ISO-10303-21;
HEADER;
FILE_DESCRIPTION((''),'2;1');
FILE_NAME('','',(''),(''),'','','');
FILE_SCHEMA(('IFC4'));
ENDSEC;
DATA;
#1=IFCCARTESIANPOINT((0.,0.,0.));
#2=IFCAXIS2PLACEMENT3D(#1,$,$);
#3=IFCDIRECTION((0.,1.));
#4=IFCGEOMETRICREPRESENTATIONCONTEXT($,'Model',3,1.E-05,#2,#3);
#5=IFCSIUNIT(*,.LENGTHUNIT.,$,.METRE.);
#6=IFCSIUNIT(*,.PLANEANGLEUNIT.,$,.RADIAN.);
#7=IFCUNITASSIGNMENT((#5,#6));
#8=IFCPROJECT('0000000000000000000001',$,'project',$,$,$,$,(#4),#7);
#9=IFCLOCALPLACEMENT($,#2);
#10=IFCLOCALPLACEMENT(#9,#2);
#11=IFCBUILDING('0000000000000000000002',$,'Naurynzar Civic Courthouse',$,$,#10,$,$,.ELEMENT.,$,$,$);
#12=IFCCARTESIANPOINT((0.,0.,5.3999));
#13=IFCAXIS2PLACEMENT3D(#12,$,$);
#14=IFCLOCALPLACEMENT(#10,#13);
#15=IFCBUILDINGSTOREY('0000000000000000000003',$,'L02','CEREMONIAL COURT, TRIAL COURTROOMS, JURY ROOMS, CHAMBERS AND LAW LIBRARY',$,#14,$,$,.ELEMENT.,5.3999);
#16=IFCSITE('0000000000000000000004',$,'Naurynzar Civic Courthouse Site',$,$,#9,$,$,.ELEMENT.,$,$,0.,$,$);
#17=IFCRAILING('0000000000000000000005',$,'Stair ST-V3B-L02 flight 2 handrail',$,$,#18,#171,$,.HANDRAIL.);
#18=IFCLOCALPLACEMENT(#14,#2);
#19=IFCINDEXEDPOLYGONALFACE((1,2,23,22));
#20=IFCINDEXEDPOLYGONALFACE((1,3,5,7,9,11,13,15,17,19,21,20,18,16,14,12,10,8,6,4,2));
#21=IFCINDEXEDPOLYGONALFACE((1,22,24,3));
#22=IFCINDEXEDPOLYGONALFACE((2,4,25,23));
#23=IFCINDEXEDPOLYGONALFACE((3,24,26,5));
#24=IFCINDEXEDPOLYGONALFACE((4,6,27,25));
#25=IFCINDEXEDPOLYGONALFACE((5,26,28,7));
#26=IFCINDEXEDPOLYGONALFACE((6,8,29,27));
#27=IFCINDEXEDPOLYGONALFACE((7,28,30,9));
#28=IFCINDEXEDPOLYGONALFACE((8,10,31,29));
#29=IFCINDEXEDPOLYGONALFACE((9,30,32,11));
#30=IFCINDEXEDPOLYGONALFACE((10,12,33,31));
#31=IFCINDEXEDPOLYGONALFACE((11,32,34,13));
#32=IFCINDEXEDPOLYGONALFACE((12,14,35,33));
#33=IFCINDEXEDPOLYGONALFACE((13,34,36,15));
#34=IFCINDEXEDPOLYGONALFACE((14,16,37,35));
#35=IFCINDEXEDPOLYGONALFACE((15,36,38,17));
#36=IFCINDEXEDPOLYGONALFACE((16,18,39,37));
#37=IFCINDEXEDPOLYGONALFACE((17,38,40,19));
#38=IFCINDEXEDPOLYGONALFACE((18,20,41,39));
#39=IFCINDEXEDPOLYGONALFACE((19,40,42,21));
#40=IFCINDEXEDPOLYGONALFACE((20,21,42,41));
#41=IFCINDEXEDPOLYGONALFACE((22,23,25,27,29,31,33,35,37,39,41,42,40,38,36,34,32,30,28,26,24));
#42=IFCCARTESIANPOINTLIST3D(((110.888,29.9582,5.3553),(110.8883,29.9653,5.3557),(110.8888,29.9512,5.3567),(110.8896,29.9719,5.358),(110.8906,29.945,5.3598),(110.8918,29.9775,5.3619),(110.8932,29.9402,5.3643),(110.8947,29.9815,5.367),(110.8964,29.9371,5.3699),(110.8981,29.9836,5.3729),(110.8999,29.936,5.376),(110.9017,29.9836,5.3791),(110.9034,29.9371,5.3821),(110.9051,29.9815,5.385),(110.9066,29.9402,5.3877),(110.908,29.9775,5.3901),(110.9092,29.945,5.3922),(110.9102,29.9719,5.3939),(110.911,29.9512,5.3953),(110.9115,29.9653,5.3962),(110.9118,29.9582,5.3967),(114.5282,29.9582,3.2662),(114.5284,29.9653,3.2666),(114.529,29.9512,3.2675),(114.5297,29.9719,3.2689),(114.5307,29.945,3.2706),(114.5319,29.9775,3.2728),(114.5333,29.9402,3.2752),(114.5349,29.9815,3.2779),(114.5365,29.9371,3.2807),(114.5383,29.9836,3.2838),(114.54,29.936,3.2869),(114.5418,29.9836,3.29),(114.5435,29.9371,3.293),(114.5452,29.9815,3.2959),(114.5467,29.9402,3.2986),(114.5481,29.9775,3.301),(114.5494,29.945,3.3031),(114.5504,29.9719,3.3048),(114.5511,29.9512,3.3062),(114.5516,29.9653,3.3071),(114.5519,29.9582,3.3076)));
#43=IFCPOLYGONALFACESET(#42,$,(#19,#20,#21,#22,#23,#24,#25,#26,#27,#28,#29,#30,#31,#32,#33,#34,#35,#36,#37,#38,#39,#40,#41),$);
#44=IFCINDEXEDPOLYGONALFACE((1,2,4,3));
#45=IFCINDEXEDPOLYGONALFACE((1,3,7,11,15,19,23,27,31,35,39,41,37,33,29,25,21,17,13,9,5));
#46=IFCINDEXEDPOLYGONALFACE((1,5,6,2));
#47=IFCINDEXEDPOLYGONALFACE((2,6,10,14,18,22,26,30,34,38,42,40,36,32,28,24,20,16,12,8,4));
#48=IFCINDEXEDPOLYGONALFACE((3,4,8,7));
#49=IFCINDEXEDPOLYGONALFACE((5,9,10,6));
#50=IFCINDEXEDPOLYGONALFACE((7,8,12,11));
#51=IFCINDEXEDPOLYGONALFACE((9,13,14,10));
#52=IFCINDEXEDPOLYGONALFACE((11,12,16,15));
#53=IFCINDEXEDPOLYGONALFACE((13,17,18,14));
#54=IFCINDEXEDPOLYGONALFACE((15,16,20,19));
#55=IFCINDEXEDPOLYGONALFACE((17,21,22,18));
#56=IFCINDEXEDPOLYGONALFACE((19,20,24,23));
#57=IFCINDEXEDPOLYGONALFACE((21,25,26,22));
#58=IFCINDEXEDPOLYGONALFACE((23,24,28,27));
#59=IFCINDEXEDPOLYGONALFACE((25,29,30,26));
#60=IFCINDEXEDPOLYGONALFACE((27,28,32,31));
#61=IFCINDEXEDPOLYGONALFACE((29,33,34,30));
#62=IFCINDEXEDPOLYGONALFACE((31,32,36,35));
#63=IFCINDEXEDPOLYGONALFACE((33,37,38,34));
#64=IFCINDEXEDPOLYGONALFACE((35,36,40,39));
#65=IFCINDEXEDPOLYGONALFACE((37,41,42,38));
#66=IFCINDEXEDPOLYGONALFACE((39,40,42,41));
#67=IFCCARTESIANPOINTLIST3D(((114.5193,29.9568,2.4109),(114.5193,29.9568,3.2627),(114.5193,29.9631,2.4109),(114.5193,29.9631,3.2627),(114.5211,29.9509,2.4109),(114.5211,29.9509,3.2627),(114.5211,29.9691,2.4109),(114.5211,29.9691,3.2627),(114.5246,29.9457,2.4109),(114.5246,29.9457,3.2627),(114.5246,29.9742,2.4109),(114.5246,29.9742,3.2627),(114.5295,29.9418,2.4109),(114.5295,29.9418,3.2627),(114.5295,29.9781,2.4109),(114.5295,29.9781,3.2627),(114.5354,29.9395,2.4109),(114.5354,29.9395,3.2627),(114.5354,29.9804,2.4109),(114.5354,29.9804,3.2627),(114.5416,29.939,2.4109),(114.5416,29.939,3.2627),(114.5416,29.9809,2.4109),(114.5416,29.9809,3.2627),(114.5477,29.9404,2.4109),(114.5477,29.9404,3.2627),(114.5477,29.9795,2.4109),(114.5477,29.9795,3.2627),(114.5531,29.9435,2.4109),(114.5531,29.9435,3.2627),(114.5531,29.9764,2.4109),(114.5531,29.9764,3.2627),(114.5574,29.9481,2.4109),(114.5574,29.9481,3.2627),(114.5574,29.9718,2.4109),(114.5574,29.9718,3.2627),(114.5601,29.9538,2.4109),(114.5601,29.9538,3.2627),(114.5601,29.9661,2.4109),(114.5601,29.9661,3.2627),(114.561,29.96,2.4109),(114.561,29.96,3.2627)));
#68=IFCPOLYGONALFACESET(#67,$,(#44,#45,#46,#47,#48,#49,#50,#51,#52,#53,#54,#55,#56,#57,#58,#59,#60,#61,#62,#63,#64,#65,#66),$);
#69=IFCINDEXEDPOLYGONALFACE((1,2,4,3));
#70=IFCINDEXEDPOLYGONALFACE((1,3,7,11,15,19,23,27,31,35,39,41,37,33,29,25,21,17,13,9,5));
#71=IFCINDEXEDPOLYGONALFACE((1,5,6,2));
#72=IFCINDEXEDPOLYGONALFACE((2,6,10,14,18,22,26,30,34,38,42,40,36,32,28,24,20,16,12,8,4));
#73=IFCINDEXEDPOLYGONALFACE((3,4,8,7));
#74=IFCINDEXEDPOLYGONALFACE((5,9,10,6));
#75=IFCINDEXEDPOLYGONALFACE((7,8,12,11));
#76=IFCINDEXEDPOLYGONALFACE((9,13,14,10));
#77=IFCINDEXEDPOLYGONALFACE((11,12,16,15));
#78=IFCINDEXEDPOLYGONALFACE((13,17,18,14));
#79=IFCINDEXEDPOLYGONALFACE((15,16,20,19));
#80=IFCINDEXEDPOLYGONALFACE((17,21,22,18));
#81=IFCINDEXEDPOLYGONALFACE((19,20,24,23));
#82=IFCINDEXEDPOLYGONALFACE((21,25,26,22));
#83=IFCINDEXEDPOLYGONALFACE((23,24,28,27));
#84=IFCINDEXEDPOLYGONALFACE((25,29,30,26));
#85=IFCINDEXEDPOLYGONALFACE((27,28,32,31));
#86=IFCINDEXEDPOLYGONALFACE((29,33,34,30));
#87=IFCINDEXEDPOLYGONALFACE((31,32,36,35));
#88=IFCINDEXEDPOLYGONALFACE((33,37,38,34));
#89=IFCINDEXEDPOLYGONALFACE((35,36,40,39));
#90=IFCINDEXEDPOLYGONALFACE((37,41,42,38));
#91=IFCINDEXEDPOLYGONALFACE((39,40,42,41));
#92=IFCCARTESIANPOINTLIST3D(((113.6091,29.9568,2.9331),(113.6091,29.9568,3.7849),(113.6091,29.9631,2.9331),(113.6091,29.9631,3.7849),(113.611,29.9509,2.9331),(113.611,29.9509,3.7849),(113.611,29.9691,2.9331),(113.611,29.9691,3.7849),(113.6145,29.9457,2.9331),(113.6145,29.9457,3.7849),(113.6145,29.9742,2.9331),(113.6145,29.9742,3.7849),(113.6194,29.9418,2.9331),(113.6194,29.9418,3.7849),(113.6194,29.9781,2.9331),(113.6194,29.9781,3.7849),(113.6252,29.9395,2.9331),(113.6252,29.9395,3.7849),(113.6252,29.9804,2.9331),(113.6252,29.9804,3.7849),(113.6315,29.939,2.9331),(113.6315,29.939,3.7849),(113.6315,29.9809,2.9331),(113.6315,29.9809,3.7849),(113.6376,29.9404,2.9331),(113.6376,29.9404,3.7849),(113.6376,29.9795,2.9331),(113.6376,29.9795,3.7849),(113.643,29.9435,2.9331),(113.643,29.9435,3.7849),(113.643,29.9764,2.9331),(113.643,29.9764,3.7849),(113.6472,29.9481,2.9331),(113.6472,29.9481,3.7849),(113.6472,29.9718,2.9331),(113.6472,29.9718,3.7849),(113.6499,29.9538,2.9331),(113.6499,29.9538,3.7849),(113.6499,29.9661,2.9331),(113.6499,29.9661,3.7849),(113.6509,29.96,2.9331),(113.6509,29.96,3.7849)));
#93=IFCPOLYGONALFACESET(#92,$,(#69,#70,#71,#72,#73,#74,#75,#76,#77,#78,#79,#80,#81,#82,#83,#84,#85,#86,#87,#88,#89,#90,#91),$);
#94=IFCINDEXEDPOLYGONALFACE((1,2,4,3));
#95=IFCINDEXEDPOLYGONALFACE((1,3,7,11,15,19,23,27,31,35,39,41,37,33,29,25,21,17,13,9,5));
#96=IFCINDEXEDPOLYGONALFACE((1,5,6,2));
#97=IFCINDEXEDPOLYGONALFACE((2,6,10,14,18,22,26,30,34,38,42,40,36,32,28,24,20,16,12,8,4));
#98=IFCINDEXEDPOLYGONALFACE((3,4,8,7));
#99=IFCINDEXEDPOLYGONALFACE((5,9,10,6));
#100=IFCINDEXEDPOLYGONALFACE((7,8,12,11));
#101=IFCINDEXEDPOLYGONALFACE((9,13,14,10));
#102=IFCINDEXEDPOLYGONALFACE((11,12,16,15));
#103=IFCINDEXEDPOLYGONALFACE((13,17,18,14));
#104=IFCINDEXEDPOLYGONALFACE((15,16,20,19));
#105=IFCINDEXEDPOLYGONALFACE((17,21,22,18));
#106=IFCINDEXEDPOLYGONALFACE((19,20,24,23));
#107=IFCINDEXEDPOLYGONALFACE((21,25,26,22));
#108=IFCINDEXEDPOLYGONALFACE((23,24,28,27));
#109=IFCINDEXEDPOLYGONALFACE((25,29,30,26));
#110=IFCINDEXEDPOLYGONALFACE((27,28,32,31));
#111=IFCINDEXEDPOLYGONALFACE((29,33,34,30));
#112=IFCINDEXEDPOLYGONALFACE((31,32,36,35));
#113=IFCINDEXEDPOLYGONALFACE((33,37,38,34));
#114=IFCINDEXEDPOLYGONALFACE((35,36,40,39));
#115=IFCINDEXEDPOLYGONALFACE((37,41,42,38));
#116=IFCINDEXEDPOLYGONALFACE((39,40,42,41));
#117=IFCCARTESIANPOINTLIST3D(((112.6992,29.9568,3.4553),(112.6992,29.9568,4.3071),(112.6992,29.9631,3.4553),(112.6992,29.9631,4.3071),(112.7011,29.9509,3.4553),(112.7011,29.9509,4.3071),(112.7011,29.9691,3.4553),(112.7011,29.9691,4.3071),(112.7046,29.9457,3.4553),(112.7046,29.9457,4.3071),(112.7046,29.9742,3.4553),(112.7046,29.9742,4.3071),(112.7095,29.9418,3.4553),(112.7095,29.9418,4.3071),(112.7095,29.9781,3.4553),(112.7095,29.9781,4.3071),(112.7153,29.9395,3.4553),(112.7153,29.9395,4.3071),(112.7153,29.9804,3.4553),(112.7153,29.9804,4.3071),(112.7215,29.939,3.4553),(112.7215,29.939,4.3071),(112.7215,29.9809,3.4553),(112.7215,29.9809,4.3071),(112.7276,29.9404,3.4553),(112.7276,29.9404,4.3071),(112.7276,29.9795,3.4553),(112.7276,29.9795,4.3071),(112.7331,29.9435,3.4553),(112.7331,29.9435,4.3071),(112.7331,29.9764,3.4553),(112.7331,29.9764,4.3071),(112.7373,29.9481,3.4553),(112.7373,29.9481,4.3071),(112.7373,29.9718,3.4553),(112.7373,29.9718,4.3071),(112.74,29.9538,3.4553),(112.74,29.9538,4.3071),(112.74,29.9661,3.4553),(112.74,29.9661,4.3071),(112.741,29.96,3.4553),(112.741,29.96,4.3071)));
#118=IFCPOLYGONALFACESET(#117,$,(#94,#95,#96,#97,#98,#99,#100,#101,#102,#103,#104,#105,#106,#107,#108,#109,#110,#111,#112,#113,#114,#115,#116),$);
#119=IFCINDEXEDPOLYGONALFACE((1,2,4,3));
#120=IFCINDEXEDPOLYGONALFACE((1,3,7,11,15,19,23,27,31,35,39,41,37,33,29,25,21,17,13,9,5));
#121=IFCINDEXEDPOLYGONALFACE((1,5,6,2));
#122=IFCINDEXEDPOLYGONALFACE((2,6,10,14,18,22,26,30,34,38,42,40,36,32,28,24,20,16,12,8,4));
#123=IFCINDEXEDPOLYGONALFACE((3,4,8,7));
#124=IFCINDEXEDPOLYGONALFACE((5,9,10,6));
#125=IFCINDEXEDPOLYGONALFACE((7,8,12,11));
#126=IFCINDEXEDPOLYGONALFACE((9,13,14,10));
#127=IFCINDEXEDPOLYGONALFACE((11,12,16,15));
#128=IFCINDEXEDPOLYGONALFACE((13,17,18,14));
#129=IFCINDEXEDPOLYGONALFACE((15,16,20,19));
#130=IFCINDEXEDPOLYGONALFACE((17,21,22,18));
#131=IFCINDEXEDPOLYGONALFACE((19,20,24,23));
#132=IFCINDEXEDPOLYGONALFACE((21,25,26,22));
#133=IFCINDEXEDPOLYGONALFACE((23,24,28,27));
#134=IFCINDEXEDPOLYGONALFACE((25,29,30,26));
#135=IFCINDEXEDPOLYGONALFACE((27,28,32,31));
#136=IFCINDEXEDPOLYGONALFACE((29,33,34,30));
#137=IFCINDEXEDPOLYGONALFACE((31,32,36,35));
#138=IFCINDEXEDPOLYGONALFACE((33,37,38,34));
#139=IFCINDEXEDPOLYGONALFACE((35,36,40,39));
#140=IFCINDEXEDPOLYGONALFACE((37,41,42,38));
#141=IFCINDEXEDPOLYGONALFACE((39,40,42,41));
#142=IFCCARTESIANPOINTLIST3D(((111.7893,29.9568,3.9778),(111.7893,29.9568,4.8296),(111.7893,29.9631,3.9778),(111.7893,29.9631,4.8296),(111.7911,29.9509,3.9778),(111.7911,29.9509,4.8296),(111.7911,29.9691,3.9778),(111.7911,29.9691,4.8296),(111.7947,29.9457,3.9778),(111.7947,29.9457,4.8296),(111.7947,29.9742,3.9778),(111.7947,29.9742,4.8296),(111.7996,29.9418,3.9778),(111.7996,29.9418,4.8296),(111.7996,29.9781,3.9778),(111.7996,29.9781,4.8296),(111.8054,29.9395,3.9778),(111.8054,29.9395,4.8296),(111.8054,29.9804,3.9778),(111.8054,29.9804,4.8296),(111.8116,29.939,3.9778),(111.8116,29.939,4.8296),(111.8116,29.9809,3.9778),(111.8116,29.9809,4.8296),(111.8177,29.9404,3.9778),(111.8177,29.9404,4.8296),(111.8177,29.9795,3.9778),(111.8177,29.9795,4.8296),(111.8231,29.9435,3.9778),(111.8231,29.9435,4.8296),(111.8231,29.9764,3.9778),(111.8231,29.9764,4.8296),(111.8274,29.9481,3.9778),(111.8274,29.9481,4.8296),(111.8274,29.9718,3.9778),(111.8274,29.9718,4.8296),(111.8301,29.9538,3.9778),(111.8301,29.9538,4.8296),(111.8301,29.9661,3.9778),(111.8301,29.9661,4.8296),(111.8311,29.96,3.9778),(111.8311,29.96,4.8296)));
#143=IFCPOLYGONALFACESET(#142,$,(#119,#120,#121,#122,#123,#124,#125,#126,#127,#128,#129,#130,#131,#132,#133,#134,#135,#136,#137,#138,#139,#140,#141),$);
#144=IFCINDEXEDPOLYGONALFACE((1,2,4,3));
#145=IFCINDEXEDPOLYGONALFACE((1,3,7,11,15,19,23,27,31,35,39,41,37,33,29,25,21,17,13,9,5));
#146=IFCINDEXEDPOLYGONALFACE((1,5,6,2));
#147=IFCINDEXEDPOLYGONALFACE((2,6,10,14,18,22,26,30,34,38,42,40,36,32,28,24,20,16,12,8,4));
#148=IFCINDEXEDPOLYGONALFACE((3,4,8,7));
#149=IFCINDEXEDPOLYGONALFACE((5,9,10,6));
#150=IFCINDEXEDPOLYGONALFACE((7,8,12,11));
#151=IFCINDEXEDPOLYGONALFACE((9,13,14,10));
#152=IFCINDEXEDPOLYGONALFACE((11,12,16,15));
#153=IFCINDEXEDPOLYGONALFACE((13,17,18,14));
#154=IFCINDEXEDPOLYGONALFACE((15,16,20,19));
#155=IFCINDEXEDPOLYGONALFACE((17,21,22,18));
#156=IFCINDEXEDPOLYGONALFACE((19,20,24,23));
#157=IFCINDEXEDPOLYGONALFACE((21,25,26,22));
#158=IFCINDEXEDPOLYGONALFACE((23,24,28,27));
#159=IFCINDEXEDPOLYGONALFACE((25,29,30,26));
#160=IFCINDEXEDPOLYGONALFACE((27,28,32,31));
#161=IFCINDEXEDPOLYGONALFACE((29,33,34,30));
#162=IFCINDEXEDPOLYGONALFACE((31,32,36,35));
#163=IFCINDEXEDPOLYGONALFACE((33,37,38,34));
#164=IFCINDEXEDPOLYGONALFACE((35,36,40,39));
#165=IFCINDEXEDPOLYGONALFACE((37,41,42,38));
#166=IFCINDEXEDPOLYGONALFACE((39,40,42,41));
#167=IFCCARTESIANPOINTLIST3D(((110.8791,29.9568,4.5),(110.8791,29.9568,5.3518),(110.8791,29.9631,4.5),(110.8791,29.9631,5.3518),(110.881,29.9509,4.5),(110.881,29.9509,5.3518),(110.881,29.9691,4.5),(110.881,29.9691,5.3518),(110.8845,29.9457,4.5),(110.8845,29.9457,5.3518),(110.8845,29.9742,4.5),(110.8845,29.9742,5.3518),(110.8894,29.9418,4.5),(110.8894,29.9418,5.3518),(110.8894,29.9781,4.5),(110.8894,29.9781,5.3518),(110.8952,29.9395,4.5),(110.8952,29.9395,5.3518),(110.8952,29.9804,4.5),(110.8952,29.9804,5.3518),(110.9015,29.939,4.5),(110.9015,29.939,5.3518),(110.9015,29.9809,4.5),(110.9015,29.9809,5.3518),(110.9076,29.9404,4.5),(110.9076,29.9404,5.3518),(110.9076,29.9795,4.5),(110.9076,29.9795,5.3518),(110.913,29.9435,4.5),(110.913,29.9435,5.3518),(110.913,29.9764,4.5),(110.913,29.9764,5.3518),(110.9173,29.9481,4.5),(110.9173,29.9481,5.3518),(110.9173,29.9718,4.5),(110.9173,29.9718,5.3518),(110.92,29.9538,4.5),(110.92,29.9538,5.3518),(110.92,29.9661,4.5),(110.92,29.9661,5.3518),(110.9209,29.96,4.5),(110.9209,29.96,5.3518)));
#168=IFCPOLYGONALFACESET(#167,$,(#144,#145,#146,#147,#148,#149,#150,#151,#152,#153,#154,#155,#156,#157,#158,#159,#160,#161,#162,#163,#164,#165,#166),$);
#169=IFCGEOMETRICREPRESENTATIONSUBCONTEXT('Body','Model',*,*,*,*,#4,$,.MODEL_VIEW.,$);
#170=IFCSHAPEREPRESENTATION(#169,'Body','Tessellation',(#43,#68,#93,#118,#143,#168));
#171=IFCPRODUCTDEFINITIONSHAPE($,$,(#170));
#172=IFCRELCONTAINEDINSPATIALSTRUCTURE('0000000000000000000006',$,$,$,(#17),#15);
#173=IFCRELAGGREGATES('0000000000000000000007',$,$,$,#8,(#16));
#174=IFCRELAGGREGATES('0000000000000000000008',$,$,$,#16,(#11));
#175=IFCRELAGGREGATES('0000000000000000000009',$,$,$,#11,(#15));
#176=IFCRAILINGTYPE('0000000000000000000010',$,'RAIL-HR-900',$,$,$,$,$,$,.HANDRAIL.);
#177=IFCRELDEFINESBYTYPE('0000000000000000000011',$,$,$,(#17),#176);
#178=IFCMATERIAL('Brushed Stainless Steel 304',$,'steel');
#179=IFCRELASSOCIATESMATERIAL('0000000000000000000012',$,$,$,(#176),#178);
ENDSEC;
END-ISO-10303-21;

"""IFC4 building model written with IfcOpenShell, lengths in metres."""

from ifc_helpers import new_model, si_unit, direction, frame, origin, origin_2d, place, context, subcontext, project, spatial, circle, extrude, material, type_object, element, save


model = new_model("IFC4")

# Units and contexts
model_context = context("Model", 3, precision=1e-05, world=origin(), true_north=direction((0.0, 1.0)))
body_context = subcontext(model_context, "Body", "Model", "MODEL_VIEW")
ifc_project = project(units=[si_unit("LENGTHUNIT", "METRE"), si_unit("PLANEANGLEUNIT", "RADIAN")], contexts=[model_context])

# Site, building, storey
site_placement = place(None, origin())
site = spatial("IfcSite", under=ifc_project, at=site_placement, Name="Naurynzar Civic Courthouse Site", CompositionType="ELEMENT", RefElevation=0.0)
building_placement = place(site_placement, origin())
building = spatial("IfcBuilding", under=site, at=building_placement, Name="Naurynzar Civic Courthouse", CompositionType="ELEMENT")
storey_placement = place(building_placement, frame((0.0, 0.0, 5.3999)))
storey = spatial("IfcBuildingStorey", under=building, at=storey_placement, Name="L02", Description="CEREMONIAL COURT, TRIAL COURTROOMS, JURY ROOMS, CHAMBERS AND LAW LIBRARY", CompositionType="ELEMENT", Elevation=5.3999)

# Railing
ifc_material_1 = material(Name="Brushed Stainless Steel 304", Category="steel")
railing_type_1 = type_object("IfcRailingType", Name="RAIL-HR-900", PredefinedType="HANDRAIL", material=ifc_material_1)
railing_1_placement = place(storey_placement, frame((114.54, 29.96, 2.4109)))
element("IfcRailing", 1, at=railing_1_placement, inside=storey, type_object=railing_type_1, Name="Stair ST-V3B-L02 flight 2 handrail", PredefinedType="HANDRAIL", context=body_context, shape_type="SweptSolid", body=[
    extrude(circle(Radius=0.0239, at=origin_2d()), frame((0.0, 0.0, 0.876), z_axis=(-0.867314, 0.0, 0.497761), x_axis=(0.0, -1.0, 0.0)), (0.0, 0.0, 1.0), 4.197),
    extrude(circle(Radius=0.021, at=origin_2d()), origin(), (0.0, 0.0, 1.0), 0.8518),
    extrude(circle(Radius=0.021, at=origin_2d()), frame((-0.9102, 0.0, 0.5222)), (0.0, 0.0, 1.0), 0.8518),
    extrude(circle(Radius=0.021, at=origin_2d()), frame((-1.8201, 0.0, 1.0444)), (0.0, 0.0, 1.0), 0.8518),
    extrude(circle(Radius=0.021, at=origin_2d()), frame((-2.73, 0.0, 1.5669)), (0.0, 0.0, 1.0), 0.8518),
    extrude(circle(Radius=0.021, at=origin_2d()), frame((-3.6401, 0.0, 2.0891)), (0.0, 0.0, 1.0), 0.8518),
])

save(model, "model.ifc")
